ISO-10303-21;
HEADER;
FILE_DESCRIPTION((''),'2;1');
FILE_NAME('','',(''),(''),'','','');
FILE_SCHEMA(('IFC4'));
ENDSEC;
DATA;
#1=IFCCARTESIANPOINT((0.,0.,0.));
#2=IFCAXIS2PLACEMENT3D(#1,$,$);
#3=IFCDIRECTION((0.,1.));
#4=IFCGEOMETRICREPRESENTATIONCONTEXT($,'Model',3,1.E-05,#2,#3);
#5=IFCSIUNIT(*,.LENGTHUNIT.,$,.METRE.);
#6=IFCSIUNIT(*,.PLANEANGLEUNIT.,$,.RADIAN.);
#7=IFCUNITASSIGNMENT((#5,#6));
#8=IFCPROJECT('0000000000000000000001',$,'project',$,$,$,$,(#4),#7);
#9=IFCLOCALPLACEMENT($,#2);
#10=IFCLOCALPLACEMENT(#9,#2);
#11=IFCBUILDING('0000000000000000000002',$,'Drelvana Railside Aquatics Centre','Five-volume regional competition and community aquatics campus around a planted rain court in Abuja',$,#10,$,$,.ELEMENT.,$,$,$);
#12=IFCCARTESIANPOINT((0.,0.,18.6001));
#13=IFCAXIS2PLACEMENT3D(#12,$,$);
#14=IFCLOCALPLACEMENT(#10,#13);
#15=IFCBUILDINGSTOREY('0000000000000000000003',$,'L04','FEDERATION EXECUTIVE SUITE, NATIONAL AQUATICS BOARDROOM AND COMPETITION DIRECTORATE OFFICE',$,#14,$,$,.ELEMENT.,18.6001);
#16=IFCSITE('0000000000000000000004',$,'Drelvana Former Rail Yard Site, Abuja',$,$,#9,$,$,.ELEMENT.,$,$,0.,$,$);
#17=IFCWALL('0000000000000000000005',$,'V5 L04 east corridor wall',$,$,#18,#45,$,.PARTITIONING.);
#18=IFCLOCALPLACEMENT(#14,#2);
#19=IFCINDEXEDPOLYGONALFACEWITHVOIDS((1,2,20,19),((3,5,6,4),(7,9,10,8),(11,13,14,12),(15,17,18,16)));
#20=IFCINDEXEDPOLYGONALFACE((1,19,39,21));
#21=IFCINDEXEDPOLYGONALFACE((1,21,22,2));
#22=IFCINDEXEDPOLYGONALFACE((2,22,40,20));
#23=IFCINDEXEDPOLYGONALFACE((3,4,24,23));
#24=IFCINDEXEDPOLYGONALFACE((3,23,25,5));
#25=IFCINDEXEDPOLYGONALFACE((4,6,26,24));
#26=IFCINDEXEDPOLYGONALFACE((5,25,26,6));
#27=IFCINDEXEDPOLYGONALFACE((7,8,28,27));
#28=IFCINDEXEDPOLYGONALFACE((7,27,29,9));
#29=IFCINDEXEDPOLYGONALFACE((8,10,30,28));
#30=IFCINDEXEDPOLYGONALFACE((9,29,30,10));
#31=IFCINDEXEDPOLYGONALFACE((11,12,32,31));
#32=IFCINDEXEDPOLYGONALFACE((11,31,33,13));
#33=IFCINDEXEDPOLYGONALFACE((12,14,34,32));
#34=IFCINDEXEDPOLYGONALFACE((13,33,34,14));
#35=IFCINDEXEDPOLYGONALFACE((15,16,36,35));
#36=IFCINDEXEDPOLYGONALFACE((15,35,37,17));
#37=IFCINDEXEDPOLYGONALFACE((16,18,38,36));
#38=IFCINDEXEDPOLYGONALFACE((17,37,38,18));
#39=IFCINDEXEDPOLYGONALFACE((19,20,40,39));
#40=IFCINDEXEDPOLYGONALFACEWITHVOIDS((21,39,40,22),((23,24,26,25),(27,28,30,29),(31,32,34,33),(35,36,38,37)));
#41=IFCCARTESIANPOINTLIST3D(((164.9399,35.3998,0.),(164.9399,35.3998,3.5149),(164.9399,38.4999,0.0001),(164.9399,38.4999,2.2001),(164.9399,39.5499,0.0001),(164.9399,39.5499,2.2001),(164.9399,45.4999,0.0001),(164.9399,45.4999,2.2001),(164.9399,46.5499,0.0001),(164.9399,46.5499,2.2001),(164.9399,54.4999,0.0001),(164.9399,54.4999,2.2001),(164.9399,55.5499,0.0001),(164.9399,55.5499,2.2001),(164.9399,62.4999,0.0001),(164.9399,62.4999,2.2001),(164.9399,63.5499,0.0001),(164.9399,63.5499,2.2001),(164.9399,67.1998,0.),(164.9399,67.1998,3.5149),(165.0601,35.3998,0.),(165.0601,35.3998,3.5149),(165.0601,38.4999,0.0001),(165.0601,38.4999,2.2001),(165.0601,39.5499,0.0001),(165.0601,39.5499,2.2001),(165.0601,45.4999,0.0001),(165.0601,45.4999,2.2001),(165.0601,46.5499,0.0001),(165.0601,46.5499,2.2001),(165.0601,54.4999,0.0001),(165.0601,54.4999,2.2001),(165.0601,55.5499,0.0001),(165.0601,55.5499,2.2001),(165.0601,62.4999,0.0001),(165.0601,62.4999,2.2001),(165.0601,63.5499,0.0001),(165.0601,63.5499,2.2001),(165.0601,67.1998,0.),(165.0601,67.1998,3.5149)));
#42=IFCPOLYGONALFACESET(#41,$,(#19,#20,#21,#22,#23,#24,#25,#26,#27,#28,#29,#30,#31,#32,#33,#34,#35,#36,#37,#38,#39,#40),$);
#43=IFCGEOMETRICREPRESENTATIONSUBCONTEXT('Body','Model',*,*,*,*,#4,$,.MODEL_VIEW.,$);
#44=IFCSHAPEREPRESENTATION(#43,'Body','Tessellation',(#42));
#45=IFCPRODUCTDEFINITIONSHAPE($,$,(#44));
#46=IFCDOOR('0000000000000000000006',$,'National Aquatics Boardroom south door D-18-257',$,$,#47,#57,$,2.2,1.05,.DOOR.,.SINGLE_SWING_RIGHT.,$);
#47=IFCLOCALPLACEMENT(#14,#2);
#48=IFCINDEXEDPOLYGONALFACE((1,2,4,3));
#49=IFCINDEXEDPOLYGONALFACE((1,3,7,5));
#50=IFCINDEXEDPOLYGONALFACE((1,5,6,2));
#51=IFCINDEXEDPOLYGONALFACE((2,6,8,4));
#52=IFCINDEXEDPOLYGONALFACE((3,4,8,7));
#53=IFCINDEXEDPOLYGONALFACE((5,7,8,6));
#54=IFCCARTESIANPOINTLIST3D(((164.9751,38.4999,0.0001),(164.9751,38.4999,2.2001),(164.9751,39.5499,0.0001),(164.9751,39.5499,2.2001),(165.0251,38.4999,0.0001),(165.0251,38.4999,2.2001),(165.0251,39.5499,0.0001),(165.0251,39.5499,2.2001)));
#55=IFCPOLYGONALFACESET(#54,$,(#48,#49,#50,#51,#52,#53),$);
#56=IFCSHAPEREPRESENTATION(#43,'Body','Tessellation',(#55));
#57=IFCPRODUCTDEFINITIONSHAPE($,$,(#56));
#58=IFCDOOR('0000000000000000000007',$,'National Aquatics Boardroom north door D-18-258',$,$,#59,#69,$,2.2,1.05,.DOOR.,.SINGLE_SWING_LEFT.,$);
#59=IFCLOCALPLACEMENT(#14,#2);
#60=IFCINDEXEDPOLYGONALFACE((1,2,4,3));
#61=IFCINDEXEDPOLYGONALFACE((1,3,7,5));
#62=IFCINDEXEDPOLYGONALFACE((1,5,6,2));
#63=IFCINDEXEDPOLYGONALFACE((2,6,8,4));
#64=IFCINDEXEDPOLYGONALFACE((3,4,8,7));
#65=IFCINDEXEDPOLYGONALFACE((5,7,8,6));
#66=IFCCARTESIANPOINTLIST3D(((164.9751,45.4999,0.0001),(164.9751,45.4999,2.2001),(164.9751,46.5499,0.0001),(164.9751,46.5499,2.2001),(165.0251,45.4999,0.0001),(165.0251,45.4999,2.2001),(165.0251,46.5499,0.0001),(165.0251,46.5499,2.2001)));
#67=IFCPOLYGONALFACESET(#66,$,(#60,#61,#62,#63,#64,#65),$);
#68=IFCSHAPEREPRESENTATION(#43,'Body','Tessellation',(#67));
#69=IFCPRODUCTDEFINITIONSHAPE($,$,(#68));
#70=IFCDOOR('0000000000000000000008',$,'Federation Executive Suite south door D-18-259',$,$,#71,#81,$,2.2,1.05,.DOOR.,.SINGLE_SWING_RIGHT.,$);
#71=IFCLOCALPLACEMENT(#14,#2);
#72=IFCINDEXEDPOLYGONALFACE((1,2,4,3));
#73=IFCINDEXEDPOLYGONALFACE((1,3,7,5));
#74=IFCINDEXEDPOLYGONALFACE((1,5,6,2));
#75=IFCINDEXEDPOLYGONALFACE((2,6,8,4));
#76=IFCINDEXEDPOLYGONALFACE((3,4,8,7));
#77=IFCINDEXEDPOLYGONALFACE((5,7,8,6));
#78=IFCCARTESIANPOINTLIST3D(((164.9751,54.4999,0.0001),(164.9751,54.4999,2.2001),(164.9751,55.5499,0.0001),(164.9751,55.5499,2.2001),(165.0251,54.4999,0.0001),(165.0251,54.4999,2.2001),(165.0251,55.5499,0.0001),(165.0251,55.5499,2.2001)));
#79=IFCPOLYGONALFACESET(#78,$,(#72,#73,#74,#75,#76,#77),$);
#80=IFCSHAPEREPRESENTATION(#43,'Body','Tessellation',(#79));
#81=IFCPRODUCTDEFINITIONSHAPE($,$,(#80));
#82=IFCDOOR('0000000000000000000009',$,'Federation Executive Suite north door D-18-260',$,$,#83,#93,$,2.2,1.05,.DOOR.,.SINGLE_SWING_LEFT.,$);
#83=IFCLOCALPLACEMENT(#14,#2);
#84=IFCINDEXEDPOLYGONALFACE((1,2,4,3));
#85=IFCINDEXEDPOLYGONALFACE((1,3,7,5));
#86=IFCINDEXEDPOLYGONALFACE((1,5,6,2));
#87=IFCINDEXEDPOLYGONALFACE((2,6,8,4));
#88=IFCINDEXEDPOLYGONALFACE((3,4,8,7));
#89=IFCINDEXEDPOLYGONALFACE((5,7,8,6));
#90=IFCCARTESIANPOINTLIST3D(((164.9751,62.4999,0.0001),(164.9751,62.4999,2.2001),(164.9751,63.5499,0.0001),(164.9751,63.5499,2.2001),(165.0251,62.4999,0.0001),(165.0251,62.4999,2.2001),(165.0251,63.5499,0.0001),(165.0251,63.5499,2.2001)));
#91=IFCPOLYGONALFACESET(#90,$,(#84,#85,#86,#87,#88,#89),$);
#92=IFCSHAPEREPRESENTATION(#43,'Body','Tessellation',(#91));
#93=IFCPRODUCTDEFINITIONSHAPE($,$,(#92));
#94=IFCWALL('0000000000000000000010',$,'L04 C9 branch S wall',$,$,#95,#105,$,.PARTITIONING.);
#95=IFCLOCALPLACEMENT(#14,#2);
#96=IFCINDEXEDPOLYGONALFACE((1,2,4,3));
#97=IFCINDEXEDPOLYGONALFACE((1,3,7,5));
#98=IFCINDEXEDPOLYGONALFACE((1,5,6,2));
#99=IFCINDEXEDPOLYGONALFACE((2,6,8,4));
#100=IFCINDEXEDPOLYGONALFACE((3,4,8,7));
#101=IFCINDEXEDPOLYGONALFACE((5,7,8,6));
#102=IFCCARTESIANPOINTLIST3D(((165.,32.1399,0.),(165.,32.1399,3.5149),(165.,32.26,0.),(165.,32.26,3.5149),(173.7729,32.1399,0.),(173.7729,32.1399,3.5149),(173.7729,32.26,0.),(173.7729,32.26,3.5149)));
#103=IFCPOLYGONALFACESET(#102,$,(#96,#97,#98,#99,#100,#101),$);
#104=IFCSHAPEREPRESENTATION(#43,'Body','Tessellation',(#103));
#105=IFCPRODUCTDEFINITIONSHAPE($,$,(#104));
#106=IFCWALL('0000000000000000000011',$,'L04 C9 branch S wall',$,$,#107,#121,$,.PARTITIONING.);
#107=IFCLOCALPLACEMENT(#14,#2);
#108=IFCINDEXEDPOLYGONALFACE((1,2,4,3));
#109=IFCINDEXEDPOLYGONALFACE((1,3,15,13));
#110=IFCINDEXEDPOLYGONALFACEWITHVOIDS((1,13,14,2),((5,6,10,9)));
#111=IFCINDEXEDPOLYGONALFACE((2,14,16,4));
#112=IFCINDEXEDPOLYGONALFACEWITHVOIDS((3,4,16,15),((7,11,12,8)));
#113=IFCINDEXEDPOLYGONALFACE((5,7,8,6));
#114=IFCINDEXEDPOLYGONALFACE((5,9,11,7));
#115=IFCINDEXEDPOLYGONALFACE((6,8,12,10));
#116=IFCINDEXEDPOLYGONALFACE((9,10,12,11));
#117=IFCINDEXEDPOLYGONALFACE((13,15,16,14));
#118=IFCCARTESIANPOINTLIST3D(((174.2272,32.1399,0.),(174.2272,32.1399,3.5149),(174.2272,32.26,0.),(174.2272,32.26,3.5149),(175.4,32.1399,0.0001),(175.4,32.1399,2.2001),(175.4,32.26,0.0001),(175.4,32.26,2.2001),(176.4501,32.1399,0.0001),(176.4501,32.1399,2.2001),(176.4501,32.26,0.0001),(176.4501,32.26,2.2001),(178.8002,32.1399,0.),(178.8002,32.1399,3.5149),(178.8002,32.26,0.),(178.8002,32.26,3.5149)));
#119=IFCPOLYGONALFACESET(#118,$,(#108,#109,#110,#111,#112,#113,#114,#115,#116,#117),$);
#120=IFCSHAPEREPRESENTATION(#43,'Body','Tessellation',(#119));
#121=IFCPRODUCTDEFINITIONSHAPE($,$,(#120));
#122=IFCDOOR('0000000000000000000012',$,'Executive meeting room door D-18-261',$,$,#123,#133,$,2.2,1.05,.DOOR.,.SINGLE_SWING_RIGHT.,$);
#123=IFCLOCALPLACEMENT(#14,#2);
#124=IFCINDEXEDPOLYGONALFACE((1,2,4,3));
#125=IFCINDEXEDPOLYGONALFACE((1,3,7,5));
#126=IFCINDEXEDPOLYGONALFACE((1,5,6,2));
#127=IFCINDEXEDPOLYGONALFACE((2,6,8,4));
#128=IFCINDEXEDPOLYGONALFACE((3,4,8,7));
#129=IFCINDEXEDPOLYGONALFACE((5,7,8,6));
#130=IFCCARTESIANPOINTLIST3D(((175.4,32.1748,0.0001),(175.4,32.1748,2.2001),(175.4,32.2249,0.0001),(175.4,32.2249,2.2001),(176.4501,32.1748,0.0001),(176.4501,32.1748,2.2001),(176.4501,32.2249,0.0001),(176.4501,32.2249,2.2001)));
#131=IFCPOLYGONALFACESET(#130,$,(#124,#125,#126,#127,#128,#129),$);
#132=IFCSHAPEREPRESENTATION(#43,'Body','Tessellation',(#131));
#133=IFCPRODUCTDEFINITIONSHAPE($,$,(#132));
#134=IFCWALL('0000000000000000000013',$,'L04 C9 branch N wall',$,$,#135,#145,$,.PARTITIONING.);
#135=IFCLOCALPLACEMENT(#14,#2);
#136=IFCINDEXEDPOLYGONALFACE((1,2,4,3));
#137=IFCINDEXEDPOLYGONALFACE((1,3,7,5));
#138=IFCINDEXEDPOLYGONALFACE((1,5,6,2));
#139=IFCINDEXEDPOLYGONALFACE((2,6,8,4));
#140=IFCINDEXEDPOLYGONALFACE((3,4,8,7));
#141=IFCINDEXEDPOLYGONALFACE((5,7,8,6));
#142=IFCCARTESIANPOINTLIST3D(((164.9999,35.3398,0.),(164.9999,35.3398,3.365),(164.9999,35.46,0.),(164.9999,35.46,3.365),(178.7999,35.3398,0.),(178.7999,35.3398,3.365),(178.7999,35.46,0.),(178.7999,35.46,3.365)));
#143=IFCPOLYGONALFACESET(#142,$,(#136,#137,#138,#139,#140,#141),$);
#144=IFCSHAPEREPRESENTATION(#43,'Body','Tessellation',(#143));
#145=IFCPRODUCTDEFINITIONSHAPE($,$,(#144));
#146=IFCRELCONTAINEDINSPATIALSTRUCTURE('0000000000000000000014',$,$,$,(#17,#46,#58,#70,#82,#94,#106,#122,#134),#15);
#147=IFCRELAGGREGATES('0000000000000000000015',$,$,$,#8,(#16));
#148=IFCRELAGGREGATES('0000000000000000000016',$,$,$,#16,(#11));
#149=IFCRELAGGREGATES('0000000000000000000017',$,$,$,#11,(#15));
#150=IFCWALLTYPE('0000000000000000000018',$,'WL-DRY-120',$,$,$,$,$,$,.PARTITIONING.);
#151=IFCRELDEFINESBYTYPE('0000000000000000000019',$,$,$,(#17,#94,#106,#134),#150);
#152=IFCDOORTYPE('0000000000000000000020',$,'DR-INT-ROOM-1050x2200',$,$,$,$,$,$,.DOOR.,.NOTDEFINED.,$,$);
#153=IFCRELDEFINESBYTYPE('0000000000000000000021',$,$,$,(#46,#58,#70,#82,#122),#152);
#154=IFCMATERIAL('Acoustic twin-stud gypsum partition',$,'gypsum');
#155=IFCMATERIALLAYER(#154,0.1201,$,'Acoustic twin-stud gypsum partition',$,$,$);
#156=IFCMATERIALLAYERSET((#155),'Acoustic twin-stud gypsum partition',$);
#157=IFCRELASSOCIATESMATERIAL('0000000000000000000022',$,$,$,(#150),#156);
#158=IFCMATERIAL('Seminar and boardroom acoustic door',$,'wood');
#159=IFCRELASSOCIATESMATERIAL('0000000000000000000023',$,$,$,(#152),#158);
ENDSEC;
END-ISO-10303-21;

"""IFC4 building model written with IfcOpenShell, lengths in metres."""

from ifc_helpers import new_model, si_unit, direction, frame, frame_2d, origin, place, context, subcontext, project, spatial, rectangle, extrude, material, layer, layer_set, type_object, element, fill, save


model = new_model("IFC4")

# Units and contexts
model_context = context("Model", 3, precision=1e-05, world=origin(), true_north=direction((0.0, 1.0)))
body_context = subcontext(model_context, "Body", "Model", "MODEL_VIEW")
ifc_project = project(units=[si_unit("LENGTHUNIT", "METRE"), si_unit("PLANEANGLEUNIT", "RADIAN")], contexts=[model_context])

# Site, building, storey
site_placement = place(None, origin())
site = spatial("IfcSite", under=ifc_project, at=site_placement, Name="Drelvana Former Rail Yard Site, Abuja", CompositionType="ELEMENT", RefElevation=0.0)
building_placement = place(site_placement, origin())
building = spatial("IfcBuilding", under=site, at=building_placement, Name="Drelvana Railside Aquatics Centre", Description="Five-volume regional competition and community aquatics campus around a planted rain court in Abuja", CompositionType="ELEMENT")
storey_placement = place(building_placement, frame((0.0, 0.0, 18.6001)))
storey = spatial("IfcBuildingStorey", under=building, at=storey_placement, Name="L04", Description="FEDERATION EXECUTIVE SUITE, NATIONAL AQUATICS BOARDROOM AND COMPETITION DIRECTORATE OFFICE", CompositionType="ELEMENT", Elevation=18.6001)

# Shared definitions
ifc_material_1 = material(Name="Acoustic twin-stud gypsum partition", Category="gypsum")
ifc_layer = layer(ifc_material_1, 0.1201, Name="Acoustic twin-stud gypsum partition")
ifc_layer_set = layer_set([ifc_layer], Name="Acoustic twin-stud gypsum partition")
wall_type = type_object("IfcWallType", Name="WL-DRY-120", PredefinedType="PARTITIONING", material=ifc_layer_set)

# Wall, openings, doors
wall_1_placement = place(storey_placement, frame((165.0, 35.3999, 0.0), z_axis=(0.0, 0.0, 1.0), x_axis=(0.0, 1.0, 0.0)))
wall_1 = element("IfcWall", 1, at=wall_1_placement, inside=storey, type_object=wall_type, Name="V5 L04 east corridor wall", PredefinedType="PARTITIONING", context=body_context, shape_type="SweptSolid", body=[
    extrude(rectangle(XDim=31.8, YDim=0.1201, at=frame_2d((15.8999, 0.0))), origin(), (0.0, 0.0, 1.0), 3.5149),
])
opening_1_placement = place(wall_1_placement, frame((3.1001, 0.0, 0.0)))
opening_1 = element("IfcOpeningElement", 2, at=opening_1_placement, cuts=wall_1, PredefinedType="OPENING", context=body_context, shape_type="SweptSolid", body=[
    extrude(rectangle(XDim=1.05, YDim=2.2, at=frame_2d((0.5249, 1.1001))), frame((0.0, 0.0701, 0.0), z_axis=(0.0, -1.0, 0.0), x_axis=(1.0, 0.0, 0.0)), (0.0, 0.0, 1.0), 0.1401),
])
opening_2_placement = place(wall_1_placement, frame((10.1001, 0.0, 0.0)))
opening_2 = element("IfcOpeningElement", 3, at=opening_2_placement, cuts=wall_1, PredefinedType="OPENING", context=body_context, shape_type="SweptSolid", body=[
    extrude(rectangle(XDim=1.05, YDim=2.2, at=frame_2d((0.5249, 1.1001))), frame((0.0, 0.0701, 0.0), z_axis=(0.0, -1.0, 0.0), x_axis=(1.0, 0.0, 0.0)), (0.0, 0.0, 1.0), 0.1401),
])
opening_3_placement = place(wall_1_placement, frame((19.1001, 0.0, 0.0)))
opening_3 = element("IfcOpeningElement", 4, at=opening_3_placement, cuts=wall_1, PredefinedType="OPENING", context=body_context, shape_type="SweptSolid", body=[
    extrude(rectangle(XDim=1.05, YDim=2.2, at=frame_2d((0.5249, 1.1001))), frame((0.0, 0.0701, 0.0), z_axis=(0.0, -1.0, 0.0), x_axis=(1.0, 0.0, 0.0)), (0.0, 0.0, 1.0), 0.1401),
])
opening_4_placement = place(wall_1_placement, frame((27.1001, 0.0, 0.0)))
opening_4 = element("IfcOpeningElement", 5, at=opening_4_placement, cuts=wall_1, PredefinedType="OPENING", context=body_context, shape_type="SweptSolid", body=[
    extrude(rectangle(XDim=1.05, YDim=2.2, at=frame_2d((0.5249, 1.1001))), frame((0.0, 0.0701, 0.0), z_axis=(0.0, -1.0, 0.0), x_axis=(1.0, 0.0, 0.0)), (0.0, 0.0, 1.0), 0.1401),
])
ifc_material_2 = material(Name="Seminar and boardroom acoustic door", Category="wood")
door_type = type_object("IfcDoorType", Name="DR-INT-ROOM-1050x2200", OperationType="NOTDEFINED", PredefinedType="DOOR", material=ifc_material_2)
door_1_placement = place(opening_1_placement, origin())
door_1 = element("IfcDoor", 6, at=door_1_placement, inside=storey, type_object=door_type, Name="National Aquatics Boardroom south door D-18-257", OperationType="SINGLE_SWING_RIGHT", OverallHeight=2.2, OverallWidth=1.05, PredefinedType="DOOR", context=body_context, shape_type="SweptSolid", body=[
    extrude(rectangle(XDim=1.05, YDim=2.2, at=frame_2d((0.5249, 1.1001))), frame((0.0, 0.0249, 0.0), z_axis=(0.0, -1.0, 0.0), x_axis=(1.0, 0.0, 0.0)), (0.0, 0.0, 1.0), 0.05),
])
fill(opening_1, door_1)
door_2_placement = place(opening_2_placement, origin())
door_2 = element("IfcDoor", 7, at=door_2_placement, inside=storey, type_object=door_type, Name="National Aquatics Boardroom north door D-18-258", OperationType="SINGLE_SWING_LEFT", OverallHeight=2.2, OverallWidth=1.05, PredefinedType="DOOR", context=body_context, shape_type="SweptSolid", body=[
    extrude(rectangle(XDim=1.05, YDim=2.2, at=frame_2d((0.5249, 1.1001))), frame((0.0, 0.0249, 0.0), z_axis=(0.0, -1.0, 0.0), x_axis=(1.0, 0.0, 0.0)), (0.0, 0.0, 1.0), 0.05),
])
fill(opening_2, door_2)
door_3_placement = place(opening_3_placement, origin())
door_3 = element("IfcDoor", 8, at=door_3_placement, inside=storey, type_object=door_type, Name="Federation Executive Suite south door D-18-259", OperationType="SINGLE_SWING_RIGHT", OverallHeight=2.2, OverallWidth=1.05, PredefinedType="DOOR", context=body_context, shape_type="SweptSolid", body=[
    extrude(rectangle(XDim=1.05, YDim=2.2, at=frame_2d((0.5249, 1.1001))), frame((0.0, 0.0249, 0.0), z_axis=(0.0, -1.0, 0.0), x_axis=(1.0, 0.0, 0.0)), (0.0, 0.0, 1.0), 0.05),
])
fill(opening_3, door_3)
door_4_placement = place(opening_4_placement, origin())
door_4 = element("IfcDoor", 9, at=door_4_placement, inside=storey, type_object=door_type, Name="Federation Executive Suite north door D-18-260", OperationType="SINGLE_SWING_LEFT", OverallHeight=2.2, OverallWidth=1.05, PredefinedType="DOOR", context=body_context, shape_type="SweptSolid", body=[
    extrude(rectangle(XDim=1.05, YDim=2.2, at=frame_2d((0.5249, 1.1001))), frame((0.0, 0.0249, 0.0), z_axis=(0.0, -1.0, 0.0), x_axis=(1.0, 0.0, 0.0)), (0.0, 0.0, 1.0), 0.05),
])
fill(opening_4, door_4)

# Wall
wall_2_placement = place(storey_placement, frame((165.0, 32.2, 0.0), z_axis=(0.0, 0.0, 1.0), x_axis=(1.0, 0.0, 0.0)))
element("IfcWall", 10, at=wall_2_placement, inside=storey, type_object=wall_type, Name="L04 C9 branch S wall", PredefinedType="PARTITIONING", context=body_context, shape_type="SweptSolid", body=[
    extrude(rectangle(XDim=8.7729, YDim=0.1201, at=frame_2d((4.3865, 0.0))), origin(), (0.0, 0.0, 1.0), 3.5149),
])

# Wall, opening, door
wall_3_placement = place(storey_placement, frame((174.2271, 32.2, 0.0), z_axis=(0.0, 0.0, 1.0), x_axis=(1.0, 0.0, 0.0)))
wall_3 = element("IfcWall", 11, at=wall_3_placement, inside=storey, type_object=wall_type, Name="L04 C9 branch S wall", PredefinedType="PARTITIONING", context=body_context, shape_type="SweptSolid", body=[
    extrude(rectangle(XDim=4.573, YDim=0.1201, at=frame_2d((2.2866, 0.0))), origin(), (0.0, 0.0, 1.0), 3.5149),
])
opening_5_placement = place(wall_3_placement, frame((1.1731, 0.0, 0.0)))
opening_5 = element("IfcOpeningElement", 12, at=opening_5_placement, cuts=wall_3, PredefinedType="OPENING", context=body_context, shape_type="SweptSolid", body=[
    extrude(rectangle(XDim=1.05, YDim=2.2, at=frame_2d((0.5249, 1.1001))), frame((0.0, 0.0701, 0.0), z_axis=(0.0, -1.0, 0.0), x_axis=(1.0, 0.0, 0.0)), (0.0, 0.0, 1.0), 0.1401),
])
door_5_placement = place(opening_5_placement, origin())
door_5 = element("IfcDoor", 13, at=door_5_placement, inside=storey, type_object=door_type, Name="Executive meeting room door D-18-261", OperationType="SINGLE_SWING_RIGHT", OverallHeight=2.2, OverallWidth=1.05, PredefinedType="DOOR", context=body_context, shape_type="SweptSolid", body=[
    extrude(rectangle(XDim=1.05, YDim=2.2, at=frame_2d((0.5249, 1.1001))), frame((0.0, 0.0249, 0.0), z_axis=(0.0, -1.0, 0.0), x_axis=(1.0, 0.0, 0.0)), (0.0, 0.0, 1.0), 0.05),
])
fill(opening_5, door_5)

# Wall
wall_4_placement = place(storey_placement, frame((165.0, 35.3999, 0.0), z_axis=(0.0, 0.0, 1.0), x_axis=(1.0, 0.0, 0.0)))
element("IfcWall", 14, at=wall_4_placement, inside=storey, type_object=wall_type, Name="L04 C9 branch N wall", PredefinedType="PARTITIONING", context=body_context, shape_type="SweptSolid", body=[
    extrude(rectangle(XDim=13.8, YDim=0.1201, at=frame_2d((6.8999, 0.0))), origin(), (0.0, 0.0, 1.0), 3.365),
])

save(model, "model.ifc")
